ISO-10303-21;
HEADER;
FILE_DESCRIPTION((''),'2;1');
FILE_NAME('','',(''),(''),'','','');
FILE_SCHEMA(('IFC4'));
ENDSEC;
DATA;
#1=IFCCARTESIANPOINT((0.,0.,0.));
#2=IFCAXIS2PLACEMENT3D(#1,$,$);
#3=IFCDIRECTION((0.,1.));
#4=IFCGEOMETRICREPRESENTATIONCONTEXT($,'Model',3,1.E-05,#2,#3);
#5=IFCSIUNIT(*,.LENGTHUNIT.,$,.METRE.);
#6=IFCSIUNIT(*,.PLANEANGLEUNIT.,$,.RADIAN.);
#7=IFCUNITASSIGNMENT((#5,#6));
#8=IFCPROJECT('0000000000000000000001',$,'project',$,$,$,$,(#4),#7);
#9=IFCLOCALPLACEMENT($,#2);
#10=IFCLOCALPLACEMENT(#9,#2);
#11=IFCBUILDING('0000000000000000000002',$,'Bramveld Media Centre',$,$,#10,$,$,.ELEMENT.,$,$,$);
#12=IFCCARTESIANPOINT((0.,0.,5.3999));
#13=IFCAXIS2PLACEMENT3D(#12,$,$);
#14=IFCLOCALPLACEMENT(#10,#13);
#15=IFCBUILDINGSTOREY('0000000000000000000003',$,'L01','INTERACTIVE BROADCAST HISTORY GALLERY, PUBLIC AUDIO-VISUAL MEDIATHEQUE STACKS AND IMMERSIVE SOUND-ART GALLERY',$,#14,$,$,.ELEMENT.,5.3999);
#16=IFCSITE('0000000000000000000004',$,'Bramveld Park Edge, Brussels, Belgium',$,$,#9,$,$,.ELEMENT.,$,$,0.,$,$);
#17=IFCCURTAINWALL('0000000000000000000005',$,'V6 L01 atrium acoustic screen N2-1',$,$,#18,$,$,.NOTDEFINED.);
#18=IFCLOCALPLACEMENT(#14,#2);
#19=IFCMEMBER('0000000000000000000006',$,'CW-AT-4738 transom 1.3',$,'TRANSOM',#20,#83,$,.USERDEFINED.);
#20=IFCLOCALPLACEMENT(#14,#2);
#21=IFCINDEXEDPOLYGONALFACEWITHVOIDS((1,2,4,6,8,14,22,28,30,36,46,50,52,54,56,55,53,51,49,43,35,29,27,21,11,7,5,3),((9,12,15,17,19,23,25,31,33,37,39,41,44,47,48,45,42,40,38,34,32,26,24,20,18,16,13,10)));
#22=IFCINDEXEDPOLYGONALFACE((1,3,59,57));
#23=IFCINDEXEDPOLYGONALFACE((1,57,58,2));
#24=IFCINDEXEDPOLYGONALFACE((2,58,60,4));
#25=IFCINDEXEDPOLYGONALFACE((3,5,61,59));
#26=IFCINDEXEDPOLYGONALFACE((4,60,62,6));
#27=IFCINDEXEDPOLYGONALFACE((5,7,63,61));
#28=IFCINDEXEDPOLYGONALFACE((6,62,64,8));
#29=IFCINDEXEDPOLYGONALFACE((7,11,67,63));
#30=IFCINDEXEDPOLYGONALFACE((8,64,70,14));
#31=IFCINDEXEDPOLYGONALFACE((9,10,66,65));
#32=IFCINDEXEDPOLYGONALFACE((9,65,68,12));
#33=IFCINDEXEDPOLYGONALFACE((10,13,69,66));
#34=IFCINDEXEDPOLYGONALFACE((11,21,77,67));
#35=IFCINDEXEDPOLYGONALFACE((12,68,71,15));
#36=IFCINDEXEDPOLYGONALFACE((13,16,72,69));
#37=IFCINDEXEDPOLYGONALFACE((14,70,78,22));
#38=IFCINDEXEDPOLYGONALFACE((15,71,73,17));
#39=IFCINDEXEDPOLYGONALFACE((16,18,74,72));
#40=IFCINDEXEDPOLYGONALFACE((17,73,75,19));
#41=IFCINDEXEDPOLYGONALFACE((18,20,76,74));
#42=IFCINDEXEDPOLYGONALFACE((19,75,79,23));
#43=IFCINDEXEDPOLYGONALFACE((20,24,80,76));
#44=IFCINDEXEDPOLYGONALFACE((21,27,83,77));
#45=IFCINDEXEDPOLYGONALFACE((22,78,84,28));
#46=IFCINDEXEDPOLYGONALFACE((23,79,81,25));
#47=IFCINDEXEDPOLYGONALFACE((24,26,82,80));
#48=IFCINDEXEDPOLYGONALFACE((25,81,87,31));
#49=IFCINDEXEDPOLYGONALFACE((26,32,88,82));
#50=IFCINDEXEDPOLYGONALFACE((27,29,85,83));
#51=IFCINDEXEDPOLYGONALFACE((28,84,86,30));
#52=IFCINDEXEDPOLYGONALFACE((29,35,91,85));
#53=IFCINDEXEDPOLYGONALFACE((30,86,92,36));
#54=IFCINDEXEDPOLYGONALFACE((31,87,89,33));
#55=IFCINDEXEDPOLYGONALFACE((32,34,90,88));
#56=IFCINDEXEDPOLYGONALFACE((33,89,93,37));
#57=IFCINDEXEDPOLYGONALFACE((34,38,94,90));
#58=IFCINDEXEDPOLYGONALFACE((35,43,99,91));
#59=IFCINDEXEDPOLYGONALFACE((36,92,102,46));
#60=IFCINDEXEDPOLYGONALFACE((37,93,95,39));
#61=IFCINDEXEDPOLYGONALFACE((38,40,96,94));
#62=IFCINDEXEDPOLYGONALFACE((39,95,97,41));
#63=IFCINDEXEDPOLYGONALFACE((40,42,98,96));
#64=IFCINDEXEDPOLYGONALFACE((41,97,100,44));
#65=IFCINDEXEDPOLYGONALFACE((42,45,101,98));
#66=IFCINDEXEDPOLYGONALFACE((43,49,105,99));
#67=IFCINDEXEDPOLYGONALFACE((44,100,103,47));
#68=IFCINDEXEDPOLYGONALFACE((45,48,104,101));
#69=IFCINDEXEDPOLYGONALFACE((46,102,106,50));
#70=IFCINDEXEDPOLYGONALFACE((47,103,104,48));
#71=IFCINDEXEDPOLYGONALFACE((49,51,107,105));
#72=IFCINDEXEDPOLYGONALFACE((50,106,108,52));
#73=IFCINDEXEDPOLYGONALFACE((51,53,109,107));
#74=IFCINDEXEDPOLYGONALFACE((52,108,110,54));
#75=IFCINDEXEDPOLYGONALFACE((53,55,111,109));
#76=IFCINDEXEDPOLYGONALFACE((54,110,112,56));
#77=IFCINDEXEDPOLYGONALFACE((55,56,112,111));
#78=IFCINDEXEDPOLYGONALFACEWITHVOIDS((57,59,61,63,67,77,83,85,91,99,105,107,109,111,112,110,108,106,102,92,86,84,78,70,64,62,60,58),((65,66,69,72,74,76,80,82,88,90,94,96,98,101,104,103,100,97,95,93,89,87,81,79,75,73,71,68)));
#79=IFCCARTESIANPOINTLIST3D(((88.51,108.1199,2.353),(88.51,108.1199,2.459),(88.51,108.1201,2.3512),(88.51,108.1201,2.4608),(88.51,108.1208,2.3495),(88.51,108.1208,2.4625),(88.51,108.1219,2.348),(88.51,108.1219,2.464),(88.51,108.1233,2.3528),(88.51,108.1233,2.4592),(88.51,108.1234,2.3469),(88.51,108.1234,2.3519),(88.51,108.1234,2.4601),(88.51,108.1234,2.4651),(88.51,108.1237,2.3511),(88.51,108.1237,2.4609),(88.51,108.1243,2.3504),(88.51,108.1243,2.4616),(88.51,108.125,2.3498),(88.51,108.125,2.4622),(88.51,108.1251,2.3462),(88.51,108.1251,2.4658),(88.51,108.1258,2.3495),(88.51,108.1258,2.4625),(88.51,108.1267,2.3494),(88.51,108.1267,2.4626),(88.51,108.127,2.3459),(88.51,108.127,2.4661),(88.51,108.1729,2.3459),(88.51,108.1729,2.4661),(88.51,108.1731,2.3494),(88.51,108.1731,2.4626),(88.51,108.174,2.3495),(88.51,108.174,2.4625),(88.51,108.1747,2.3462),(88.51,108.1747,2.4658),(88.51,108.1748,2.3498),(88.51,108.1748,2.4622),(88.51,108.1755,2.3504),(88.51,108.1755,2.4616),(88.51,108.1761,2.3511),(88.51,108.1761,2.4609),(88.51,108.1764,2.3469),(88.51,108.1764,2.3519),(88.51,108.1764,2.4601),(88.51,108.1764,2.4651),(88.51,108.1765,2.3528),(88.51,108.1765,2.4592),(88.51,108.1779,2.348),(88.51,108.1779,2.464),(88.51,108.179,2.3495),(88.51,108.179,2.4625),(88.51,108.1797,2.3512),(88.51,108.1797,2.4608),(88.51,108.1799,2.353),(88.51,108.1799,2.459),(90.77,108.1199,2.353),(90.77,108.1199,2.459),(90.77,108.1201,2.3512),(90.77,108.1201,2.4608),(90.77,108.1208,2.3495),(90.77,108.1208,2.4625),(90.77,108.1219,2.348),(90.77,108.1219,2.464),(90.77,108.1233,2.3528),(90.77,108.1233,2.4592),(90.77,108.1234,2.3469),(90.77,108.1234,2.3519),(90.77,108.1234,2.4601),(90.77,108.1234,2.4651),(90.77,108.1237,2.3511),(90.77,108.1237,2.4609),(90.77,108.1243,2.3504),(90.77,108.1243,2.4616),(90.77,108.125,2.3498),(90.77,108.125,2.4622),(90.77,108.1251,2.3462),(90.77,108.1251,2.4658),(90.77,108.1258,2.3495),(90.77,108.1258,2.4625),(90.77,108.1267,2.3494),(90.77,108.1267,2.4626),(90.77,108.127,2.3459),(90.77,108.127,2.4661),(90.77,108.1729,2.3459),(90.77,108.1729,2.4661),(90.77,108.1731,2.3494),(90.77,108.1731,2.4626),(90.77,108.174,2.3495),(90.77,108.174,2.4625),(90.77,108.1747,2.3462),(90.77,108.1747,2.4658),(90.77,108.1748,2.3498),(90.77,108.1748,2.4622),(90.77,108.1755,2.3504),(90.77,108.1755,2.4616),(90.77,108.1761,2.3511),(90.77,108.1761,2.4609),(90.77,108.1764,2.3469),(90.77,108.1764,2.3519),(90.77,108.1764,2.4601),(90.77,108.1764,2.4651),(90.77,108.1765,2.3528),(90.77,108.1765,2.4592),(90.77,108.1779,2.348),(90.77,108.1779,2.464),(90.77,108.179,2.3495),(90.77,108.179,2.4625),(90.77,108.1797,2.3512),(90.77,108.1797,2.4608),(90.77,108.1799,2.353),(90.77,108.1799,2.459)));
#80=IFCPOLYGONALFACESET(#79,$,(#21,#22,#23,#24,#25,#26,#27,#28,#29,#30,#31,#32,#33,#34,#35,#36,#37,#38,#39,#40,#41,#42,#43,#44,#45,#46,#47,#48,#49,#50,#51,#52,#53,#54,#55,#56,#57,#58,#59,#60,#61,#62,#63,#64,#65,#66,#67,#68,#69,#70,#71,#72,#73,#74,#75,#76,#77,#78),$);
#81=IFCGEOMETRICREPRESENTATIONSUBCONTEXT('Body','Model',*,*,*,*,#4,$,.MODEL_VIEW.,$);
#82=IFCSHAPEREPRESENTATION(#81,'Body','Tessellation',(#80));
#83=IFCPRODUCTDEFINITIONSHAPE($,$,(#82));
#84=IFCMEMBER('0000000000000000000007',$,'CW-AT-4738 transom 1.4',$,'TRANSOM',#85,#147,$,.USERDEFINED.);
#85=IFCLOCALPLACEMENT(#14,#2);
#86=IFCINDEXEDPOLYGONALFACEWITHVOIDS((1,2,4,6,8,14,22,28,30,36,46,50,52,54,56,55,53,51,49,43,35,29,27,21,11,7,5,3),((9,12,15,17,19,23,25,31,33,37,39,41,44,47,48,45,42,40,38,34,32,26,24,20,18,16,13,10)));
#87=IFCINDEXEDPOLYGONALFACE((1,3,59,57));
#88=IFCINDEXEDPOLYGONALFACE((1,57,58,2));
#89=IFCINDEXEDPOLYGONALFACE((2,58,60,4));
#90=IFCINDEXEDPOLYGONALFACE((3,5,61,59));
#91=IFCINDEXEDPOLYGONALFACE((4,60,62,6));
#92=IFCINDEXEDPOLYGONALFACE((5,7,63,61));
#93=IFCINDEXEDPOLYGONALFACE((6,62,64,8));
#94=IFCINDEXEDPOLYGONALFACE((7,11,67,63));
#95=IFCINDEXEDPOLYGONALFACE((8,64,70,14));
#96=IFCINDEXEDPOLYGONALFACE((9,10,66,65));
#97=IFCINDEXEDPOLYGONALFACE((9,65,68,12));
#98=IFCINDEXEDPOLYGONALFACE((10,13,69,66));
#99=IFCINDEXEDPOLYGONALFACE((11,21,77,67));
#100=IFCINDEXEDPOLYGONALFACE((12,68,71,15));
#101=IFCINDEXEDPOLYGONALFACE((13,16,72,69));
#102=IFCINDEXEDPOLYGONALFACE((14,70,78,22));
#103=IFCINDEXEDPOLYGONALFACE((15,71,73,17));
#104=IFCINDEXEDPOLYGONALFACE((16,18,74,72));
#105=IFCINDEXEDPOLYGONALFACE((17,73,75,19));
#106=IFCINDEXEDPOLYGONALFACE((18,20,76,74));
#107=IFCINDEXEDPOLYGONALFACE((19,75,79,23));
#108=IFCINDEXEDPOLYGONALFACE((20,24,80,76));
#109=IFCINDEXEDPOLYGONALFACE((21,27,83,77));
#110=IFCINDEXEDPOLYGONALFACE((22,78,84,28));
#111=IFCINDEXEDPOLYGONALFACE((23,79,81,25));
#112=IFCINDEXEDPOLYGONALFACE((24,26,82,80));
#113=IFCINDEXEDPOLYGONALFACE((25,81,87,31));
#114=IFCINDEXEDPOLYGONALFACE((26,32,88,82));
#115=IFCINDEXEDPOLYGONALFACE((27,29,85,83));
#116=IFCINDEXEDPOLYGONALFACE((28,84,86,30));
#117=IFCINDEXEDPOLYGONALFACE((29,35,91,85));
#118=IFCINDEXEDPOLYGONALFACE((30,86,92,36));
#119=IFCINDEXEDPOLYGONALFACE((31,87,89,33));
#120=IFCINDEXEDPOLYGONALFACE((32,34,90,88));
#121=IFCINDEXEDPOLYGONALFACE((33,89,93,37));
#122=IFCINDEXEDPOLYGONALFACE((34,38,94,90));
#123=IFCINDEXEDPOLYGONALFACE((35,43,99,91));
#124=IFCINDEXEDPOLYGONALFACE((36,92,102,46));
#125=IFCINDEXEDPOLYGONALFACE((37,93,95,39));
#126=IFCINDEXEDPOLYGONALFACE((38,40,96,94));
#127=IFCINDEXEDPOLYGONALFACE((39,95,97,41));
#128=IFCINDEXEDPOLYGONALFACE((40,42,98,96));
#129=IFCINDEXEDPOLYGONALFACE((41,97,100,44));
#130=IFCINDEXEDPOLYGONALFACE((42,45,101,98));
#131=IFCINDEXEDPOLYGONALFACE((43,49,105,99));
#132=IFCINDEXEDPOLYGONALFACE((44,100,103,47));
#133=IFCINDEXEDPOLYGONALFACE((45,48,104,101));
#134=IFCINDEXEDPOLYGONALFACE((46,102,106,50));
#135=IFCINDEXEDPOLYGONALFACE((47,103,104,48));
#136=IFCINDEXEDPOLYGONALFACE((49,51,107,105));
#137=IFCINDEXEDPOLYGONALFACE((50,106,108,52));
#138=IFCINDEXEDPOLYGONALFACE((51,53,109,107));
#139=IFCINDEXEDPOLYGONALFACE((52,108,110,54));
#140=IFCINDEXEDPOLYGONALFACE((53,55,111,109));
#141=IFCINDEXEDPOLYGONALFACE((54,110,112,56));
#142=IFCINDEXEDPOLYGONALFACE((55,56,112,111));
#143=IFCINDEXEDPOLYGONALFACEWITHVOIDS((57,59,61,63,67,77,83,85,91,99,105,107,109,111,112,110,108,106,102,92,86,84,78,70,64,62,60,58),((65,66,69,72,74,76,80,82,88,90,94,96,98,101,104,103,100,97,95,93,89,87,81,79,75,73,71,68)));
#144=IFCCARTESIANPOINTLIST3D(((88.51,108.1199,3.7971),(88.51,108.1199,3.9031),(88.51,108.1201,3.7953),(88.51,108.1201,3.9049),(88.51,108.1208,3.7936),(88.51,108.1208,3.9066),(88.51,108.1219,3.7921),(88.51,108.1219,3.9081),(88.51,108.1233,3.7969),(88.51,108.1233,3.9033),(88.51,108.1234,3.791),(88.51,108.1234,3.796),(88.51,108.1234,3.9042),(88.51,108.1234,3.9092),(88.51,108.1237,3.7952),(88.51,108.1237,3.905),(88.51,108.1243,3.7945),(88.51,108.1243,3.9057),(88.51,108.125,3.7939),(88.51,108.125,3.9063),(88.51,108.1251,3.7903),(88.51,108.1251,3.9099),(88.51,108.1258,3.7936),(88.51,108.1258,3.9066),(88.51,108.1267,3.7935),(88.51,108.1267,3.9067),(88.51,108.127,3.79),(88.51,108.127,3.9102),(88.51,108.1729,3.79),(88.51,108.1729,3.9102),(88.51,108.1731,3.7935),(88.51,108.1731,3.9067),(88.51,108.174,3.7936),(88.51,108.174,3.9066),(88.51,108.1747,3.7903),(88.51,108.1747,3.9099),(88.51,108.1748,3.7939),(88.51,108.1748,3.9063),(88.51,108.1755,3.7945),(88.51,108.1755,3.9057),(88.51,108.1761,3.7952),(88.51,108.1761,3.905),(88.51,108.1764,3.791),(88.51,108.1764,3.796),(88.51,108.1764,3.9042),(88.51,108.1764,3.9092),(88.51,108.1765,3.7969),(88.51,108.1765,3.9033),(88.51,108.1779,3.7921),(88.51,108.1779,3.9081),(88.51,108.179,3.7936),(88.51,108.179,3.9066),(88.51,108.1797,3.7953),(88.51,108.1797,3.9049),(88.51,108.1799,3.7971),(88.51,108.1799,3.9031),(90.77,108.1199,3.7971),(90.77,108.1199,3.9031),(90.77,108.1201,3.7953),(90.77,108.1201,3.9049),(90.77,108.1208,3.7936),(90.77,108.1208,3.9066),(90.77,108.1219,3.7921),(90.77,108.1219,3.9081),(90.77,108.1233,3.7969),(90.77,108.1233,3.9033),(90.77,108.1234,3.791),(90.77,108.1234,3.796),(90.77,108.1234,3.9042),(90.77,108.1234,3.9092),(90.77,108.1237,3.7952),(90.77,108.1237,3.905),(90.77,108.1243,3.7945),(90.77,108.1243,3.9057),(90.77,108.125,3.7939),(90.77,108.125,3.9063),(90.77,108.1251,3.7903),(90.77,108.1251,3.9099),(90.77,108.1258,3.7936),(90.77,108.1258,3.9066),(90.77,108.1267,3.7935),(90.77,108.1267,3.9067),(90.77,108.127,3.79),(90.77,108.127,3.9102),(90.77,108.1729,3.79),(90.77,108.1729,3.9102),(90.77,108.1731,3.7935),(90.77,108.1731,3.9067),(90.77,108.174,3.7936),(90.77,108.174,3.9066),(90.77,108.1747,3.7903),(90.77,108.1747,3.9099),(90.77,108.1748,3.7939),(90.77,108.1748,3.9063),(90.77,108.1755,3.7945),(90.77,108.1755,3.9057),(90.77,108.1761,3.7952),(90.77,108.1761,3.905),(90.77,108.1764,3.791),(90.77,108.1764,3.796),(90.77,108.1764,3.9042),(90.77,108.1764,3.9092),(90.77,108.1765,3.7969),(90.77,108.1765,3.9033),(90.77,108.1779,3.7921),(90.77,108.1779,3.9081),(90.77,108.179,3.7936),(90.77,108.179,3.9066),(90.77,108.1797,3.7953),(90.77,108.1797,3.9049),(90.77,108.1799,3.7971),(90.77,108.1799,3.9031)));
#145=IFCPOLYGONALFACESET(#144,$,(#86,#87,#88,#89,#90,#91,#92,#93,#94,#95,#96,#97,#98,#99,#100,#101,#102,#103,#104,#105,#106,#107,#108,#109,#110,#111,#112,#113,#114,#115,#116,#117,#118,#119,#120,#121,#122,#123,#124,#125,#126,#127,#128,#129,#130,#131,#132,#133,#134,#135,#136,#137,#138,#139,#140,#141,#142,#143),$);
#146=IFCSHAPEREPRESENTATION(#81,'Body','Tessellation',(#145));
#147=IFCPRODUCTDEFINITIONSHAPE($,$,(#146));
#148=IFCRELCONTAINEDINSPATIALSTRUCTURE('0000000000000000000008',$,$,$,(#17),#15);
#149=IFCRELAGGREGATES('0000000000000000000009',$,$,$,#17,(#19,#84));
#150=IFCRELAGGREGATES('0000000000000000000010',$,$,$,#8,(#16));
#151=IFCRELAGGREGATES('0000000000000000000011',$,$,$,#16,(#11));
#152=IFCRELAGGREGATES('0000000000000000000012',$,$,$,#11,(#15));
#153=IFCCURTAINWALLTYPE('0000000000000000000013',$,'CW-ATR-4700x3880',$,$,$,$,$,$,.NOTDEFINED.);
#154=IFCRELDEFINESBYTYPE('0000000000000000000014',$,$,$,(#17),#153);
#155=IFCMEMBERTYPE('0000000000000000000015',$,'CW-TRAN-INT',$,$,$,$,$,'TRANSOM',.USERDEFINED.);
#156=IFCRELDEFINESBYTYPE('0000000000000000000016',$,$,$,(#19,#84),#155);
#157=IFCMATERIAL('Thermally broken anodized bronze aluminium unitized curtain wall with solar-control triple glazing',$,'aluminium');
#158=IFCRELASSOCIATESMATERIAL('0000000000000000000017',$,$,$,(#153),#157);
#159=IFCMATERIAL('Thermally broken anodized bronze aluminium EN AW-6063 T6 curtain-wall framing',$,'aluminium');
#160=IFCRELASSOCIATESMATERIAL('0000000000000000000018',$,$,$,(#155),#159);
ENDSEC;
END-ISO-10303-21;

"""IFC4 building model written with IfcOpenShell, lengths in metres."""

from ifc_helpers import new_model, si_unit, direction, frame, origin, origin_2d, place, context, subcontext, project, spatial, hollow_rectangle, extrude, material, material_profile, profile_set, type_object, element, aggregate, save


model = new_model("IFC4")

# Units and contexts
model_context = context("Model", 3, precision=1e-05, world=origin(), true_north=direction((0.0, 1.0)))
body_context = subcontext(model_context, "Body", "Model", "MODEL_VIEW")
ifc_project = project(units=[si_unit("LENGTHUNIT", "METRE"), si_unit("PLANEANGLEUNIT", "RADIAN")], contexts=[model_context])

# Site, building, storey
site_placement = place(None, origin())
site = spatial("IfcSite", under=ifc_project, at=site_placement, Name="Bramveld Park Edge, Brussels, Belgium", CompositionType="ELEMENT", RefElevation=0.0)
building_placement = place(site_placement, origin())
building = spatial("IfcBuilding", under=site, at=building_placement, Name="Bramveld Media Centre", CompositionType="ELEMENT")
storey_placement = place(building_placement, frame((0.0, 0.0, 5.3999)))
storey = spatial("IfcBuildingStorey", under=building, at=storey_placement, Name="L01", Description="INTERACTIVE BROADCAST HISTORY GALLERY, PUBLIC AUDIO-VISUAL MEDIATHEQUE STACKS AND IMMERSIVE SOUND-ART GALLERY", CompositionType="ELEMENT", Elevation=5.3999)

# Curtain wall, members
ifc_material_1 = material(Name="Thermally broken anodized bronze aluminium unitized curtain wall with solar-control triple glazing", Category="aluminium")
curtain_wall_type = type_object("IfcCurtainWallType", Name="CW-ATR-4700x3880", PredefinedType="NOTDEFINED", material=ifc_material_1)
curtain_wall_placement = place(storey_placement, origin())
curtain_wall = element("IfcCurtainWall", 1, at=curtain_wall_placement, inside=storey, type_object=curtain_wall_type, Name="V6 L01 atrium acoustic screen N2-1", PredefinedType="NOTDEFINED")
ifc_material_2 = material(Name="Thermally broken anodized bronze aluminium EN AW-6063 T6 curtain-wall framing", Category="aluminium")
ifc_material_profile_1 = material_profile(ifc_material_2, hollow_rectangle(XDim=0.0601, YDim=0.1201, WallThickness=0.0034, InnerFilletRadius=0.0034, OuterFilletRadius=0.0071, at=origin_2d()), Name="AL-TRAN 60x120")
ifc_profile_set_1 = profile_set([ifc_material_profile_1], Name="Thermally broken anodized bronze aluminium EN AW-6063 T6 curtain-wall framing")
member_type_1 = type_object("IfcMemberType", Name="CW-TRAN-INT", ElementType="TRANSOM", PredefinedType="USERDEFINED", material=ifc_profile_set_1)
member_1_placement = place(storey_placement, frame((88.51, 108.1499, 2.406), z_axis=(1.0, 0.0, 0.0), x_axis=(0.0, 1.0, 0.0)))
member_1 = element("IfcMember", 2, at=member_1_placement, type_object=member_type_1, Name="CW-AT-4738 transom 1.3", ObjectType="TRANSOM", PredefinedType="USERDEFINED", context=body_context, shape_type="SweptSolid", body=[
    extrude(hollow_rectangle(XDim=0.0601, YDim=0.1201, WallThickness=0.0034, InnerFilletRadius=0.0034, OuterFilletRadius=0.0071, at=origin_2d()), origin(), (0.0, 0.0, 1.0), 2.26),
])
member_2_placement = place(storey_placement, frame((88.51, 108.1499, 3.8501), z_axis=(1.0, 0.0, 0.0), x_axis=(0.0, 1.0, 0.0)))
member_2 = element("IfcMember", 3, at=member_2_placement, type_object=member_type_1, Name="CW-AT-4738 transom 1.4", ObjectType="TRANSOM", PredefinedType="USERDEFINED", context=body_context, shape_type="SweptSolid", body=[
    extrude(hollow_rectangle(XDim=0.0601, YDim=0.1201, WallThickness=0.0034, InnerFilletRadius=0.0034, OuterFilletRadius=0.0071, at=origin_2d()), origin(), (0.0, 0.0, 1.0), 2.26),
])

aggregate(curtain_wall, [member_1, member_2])

save(model, "model.ifc")
